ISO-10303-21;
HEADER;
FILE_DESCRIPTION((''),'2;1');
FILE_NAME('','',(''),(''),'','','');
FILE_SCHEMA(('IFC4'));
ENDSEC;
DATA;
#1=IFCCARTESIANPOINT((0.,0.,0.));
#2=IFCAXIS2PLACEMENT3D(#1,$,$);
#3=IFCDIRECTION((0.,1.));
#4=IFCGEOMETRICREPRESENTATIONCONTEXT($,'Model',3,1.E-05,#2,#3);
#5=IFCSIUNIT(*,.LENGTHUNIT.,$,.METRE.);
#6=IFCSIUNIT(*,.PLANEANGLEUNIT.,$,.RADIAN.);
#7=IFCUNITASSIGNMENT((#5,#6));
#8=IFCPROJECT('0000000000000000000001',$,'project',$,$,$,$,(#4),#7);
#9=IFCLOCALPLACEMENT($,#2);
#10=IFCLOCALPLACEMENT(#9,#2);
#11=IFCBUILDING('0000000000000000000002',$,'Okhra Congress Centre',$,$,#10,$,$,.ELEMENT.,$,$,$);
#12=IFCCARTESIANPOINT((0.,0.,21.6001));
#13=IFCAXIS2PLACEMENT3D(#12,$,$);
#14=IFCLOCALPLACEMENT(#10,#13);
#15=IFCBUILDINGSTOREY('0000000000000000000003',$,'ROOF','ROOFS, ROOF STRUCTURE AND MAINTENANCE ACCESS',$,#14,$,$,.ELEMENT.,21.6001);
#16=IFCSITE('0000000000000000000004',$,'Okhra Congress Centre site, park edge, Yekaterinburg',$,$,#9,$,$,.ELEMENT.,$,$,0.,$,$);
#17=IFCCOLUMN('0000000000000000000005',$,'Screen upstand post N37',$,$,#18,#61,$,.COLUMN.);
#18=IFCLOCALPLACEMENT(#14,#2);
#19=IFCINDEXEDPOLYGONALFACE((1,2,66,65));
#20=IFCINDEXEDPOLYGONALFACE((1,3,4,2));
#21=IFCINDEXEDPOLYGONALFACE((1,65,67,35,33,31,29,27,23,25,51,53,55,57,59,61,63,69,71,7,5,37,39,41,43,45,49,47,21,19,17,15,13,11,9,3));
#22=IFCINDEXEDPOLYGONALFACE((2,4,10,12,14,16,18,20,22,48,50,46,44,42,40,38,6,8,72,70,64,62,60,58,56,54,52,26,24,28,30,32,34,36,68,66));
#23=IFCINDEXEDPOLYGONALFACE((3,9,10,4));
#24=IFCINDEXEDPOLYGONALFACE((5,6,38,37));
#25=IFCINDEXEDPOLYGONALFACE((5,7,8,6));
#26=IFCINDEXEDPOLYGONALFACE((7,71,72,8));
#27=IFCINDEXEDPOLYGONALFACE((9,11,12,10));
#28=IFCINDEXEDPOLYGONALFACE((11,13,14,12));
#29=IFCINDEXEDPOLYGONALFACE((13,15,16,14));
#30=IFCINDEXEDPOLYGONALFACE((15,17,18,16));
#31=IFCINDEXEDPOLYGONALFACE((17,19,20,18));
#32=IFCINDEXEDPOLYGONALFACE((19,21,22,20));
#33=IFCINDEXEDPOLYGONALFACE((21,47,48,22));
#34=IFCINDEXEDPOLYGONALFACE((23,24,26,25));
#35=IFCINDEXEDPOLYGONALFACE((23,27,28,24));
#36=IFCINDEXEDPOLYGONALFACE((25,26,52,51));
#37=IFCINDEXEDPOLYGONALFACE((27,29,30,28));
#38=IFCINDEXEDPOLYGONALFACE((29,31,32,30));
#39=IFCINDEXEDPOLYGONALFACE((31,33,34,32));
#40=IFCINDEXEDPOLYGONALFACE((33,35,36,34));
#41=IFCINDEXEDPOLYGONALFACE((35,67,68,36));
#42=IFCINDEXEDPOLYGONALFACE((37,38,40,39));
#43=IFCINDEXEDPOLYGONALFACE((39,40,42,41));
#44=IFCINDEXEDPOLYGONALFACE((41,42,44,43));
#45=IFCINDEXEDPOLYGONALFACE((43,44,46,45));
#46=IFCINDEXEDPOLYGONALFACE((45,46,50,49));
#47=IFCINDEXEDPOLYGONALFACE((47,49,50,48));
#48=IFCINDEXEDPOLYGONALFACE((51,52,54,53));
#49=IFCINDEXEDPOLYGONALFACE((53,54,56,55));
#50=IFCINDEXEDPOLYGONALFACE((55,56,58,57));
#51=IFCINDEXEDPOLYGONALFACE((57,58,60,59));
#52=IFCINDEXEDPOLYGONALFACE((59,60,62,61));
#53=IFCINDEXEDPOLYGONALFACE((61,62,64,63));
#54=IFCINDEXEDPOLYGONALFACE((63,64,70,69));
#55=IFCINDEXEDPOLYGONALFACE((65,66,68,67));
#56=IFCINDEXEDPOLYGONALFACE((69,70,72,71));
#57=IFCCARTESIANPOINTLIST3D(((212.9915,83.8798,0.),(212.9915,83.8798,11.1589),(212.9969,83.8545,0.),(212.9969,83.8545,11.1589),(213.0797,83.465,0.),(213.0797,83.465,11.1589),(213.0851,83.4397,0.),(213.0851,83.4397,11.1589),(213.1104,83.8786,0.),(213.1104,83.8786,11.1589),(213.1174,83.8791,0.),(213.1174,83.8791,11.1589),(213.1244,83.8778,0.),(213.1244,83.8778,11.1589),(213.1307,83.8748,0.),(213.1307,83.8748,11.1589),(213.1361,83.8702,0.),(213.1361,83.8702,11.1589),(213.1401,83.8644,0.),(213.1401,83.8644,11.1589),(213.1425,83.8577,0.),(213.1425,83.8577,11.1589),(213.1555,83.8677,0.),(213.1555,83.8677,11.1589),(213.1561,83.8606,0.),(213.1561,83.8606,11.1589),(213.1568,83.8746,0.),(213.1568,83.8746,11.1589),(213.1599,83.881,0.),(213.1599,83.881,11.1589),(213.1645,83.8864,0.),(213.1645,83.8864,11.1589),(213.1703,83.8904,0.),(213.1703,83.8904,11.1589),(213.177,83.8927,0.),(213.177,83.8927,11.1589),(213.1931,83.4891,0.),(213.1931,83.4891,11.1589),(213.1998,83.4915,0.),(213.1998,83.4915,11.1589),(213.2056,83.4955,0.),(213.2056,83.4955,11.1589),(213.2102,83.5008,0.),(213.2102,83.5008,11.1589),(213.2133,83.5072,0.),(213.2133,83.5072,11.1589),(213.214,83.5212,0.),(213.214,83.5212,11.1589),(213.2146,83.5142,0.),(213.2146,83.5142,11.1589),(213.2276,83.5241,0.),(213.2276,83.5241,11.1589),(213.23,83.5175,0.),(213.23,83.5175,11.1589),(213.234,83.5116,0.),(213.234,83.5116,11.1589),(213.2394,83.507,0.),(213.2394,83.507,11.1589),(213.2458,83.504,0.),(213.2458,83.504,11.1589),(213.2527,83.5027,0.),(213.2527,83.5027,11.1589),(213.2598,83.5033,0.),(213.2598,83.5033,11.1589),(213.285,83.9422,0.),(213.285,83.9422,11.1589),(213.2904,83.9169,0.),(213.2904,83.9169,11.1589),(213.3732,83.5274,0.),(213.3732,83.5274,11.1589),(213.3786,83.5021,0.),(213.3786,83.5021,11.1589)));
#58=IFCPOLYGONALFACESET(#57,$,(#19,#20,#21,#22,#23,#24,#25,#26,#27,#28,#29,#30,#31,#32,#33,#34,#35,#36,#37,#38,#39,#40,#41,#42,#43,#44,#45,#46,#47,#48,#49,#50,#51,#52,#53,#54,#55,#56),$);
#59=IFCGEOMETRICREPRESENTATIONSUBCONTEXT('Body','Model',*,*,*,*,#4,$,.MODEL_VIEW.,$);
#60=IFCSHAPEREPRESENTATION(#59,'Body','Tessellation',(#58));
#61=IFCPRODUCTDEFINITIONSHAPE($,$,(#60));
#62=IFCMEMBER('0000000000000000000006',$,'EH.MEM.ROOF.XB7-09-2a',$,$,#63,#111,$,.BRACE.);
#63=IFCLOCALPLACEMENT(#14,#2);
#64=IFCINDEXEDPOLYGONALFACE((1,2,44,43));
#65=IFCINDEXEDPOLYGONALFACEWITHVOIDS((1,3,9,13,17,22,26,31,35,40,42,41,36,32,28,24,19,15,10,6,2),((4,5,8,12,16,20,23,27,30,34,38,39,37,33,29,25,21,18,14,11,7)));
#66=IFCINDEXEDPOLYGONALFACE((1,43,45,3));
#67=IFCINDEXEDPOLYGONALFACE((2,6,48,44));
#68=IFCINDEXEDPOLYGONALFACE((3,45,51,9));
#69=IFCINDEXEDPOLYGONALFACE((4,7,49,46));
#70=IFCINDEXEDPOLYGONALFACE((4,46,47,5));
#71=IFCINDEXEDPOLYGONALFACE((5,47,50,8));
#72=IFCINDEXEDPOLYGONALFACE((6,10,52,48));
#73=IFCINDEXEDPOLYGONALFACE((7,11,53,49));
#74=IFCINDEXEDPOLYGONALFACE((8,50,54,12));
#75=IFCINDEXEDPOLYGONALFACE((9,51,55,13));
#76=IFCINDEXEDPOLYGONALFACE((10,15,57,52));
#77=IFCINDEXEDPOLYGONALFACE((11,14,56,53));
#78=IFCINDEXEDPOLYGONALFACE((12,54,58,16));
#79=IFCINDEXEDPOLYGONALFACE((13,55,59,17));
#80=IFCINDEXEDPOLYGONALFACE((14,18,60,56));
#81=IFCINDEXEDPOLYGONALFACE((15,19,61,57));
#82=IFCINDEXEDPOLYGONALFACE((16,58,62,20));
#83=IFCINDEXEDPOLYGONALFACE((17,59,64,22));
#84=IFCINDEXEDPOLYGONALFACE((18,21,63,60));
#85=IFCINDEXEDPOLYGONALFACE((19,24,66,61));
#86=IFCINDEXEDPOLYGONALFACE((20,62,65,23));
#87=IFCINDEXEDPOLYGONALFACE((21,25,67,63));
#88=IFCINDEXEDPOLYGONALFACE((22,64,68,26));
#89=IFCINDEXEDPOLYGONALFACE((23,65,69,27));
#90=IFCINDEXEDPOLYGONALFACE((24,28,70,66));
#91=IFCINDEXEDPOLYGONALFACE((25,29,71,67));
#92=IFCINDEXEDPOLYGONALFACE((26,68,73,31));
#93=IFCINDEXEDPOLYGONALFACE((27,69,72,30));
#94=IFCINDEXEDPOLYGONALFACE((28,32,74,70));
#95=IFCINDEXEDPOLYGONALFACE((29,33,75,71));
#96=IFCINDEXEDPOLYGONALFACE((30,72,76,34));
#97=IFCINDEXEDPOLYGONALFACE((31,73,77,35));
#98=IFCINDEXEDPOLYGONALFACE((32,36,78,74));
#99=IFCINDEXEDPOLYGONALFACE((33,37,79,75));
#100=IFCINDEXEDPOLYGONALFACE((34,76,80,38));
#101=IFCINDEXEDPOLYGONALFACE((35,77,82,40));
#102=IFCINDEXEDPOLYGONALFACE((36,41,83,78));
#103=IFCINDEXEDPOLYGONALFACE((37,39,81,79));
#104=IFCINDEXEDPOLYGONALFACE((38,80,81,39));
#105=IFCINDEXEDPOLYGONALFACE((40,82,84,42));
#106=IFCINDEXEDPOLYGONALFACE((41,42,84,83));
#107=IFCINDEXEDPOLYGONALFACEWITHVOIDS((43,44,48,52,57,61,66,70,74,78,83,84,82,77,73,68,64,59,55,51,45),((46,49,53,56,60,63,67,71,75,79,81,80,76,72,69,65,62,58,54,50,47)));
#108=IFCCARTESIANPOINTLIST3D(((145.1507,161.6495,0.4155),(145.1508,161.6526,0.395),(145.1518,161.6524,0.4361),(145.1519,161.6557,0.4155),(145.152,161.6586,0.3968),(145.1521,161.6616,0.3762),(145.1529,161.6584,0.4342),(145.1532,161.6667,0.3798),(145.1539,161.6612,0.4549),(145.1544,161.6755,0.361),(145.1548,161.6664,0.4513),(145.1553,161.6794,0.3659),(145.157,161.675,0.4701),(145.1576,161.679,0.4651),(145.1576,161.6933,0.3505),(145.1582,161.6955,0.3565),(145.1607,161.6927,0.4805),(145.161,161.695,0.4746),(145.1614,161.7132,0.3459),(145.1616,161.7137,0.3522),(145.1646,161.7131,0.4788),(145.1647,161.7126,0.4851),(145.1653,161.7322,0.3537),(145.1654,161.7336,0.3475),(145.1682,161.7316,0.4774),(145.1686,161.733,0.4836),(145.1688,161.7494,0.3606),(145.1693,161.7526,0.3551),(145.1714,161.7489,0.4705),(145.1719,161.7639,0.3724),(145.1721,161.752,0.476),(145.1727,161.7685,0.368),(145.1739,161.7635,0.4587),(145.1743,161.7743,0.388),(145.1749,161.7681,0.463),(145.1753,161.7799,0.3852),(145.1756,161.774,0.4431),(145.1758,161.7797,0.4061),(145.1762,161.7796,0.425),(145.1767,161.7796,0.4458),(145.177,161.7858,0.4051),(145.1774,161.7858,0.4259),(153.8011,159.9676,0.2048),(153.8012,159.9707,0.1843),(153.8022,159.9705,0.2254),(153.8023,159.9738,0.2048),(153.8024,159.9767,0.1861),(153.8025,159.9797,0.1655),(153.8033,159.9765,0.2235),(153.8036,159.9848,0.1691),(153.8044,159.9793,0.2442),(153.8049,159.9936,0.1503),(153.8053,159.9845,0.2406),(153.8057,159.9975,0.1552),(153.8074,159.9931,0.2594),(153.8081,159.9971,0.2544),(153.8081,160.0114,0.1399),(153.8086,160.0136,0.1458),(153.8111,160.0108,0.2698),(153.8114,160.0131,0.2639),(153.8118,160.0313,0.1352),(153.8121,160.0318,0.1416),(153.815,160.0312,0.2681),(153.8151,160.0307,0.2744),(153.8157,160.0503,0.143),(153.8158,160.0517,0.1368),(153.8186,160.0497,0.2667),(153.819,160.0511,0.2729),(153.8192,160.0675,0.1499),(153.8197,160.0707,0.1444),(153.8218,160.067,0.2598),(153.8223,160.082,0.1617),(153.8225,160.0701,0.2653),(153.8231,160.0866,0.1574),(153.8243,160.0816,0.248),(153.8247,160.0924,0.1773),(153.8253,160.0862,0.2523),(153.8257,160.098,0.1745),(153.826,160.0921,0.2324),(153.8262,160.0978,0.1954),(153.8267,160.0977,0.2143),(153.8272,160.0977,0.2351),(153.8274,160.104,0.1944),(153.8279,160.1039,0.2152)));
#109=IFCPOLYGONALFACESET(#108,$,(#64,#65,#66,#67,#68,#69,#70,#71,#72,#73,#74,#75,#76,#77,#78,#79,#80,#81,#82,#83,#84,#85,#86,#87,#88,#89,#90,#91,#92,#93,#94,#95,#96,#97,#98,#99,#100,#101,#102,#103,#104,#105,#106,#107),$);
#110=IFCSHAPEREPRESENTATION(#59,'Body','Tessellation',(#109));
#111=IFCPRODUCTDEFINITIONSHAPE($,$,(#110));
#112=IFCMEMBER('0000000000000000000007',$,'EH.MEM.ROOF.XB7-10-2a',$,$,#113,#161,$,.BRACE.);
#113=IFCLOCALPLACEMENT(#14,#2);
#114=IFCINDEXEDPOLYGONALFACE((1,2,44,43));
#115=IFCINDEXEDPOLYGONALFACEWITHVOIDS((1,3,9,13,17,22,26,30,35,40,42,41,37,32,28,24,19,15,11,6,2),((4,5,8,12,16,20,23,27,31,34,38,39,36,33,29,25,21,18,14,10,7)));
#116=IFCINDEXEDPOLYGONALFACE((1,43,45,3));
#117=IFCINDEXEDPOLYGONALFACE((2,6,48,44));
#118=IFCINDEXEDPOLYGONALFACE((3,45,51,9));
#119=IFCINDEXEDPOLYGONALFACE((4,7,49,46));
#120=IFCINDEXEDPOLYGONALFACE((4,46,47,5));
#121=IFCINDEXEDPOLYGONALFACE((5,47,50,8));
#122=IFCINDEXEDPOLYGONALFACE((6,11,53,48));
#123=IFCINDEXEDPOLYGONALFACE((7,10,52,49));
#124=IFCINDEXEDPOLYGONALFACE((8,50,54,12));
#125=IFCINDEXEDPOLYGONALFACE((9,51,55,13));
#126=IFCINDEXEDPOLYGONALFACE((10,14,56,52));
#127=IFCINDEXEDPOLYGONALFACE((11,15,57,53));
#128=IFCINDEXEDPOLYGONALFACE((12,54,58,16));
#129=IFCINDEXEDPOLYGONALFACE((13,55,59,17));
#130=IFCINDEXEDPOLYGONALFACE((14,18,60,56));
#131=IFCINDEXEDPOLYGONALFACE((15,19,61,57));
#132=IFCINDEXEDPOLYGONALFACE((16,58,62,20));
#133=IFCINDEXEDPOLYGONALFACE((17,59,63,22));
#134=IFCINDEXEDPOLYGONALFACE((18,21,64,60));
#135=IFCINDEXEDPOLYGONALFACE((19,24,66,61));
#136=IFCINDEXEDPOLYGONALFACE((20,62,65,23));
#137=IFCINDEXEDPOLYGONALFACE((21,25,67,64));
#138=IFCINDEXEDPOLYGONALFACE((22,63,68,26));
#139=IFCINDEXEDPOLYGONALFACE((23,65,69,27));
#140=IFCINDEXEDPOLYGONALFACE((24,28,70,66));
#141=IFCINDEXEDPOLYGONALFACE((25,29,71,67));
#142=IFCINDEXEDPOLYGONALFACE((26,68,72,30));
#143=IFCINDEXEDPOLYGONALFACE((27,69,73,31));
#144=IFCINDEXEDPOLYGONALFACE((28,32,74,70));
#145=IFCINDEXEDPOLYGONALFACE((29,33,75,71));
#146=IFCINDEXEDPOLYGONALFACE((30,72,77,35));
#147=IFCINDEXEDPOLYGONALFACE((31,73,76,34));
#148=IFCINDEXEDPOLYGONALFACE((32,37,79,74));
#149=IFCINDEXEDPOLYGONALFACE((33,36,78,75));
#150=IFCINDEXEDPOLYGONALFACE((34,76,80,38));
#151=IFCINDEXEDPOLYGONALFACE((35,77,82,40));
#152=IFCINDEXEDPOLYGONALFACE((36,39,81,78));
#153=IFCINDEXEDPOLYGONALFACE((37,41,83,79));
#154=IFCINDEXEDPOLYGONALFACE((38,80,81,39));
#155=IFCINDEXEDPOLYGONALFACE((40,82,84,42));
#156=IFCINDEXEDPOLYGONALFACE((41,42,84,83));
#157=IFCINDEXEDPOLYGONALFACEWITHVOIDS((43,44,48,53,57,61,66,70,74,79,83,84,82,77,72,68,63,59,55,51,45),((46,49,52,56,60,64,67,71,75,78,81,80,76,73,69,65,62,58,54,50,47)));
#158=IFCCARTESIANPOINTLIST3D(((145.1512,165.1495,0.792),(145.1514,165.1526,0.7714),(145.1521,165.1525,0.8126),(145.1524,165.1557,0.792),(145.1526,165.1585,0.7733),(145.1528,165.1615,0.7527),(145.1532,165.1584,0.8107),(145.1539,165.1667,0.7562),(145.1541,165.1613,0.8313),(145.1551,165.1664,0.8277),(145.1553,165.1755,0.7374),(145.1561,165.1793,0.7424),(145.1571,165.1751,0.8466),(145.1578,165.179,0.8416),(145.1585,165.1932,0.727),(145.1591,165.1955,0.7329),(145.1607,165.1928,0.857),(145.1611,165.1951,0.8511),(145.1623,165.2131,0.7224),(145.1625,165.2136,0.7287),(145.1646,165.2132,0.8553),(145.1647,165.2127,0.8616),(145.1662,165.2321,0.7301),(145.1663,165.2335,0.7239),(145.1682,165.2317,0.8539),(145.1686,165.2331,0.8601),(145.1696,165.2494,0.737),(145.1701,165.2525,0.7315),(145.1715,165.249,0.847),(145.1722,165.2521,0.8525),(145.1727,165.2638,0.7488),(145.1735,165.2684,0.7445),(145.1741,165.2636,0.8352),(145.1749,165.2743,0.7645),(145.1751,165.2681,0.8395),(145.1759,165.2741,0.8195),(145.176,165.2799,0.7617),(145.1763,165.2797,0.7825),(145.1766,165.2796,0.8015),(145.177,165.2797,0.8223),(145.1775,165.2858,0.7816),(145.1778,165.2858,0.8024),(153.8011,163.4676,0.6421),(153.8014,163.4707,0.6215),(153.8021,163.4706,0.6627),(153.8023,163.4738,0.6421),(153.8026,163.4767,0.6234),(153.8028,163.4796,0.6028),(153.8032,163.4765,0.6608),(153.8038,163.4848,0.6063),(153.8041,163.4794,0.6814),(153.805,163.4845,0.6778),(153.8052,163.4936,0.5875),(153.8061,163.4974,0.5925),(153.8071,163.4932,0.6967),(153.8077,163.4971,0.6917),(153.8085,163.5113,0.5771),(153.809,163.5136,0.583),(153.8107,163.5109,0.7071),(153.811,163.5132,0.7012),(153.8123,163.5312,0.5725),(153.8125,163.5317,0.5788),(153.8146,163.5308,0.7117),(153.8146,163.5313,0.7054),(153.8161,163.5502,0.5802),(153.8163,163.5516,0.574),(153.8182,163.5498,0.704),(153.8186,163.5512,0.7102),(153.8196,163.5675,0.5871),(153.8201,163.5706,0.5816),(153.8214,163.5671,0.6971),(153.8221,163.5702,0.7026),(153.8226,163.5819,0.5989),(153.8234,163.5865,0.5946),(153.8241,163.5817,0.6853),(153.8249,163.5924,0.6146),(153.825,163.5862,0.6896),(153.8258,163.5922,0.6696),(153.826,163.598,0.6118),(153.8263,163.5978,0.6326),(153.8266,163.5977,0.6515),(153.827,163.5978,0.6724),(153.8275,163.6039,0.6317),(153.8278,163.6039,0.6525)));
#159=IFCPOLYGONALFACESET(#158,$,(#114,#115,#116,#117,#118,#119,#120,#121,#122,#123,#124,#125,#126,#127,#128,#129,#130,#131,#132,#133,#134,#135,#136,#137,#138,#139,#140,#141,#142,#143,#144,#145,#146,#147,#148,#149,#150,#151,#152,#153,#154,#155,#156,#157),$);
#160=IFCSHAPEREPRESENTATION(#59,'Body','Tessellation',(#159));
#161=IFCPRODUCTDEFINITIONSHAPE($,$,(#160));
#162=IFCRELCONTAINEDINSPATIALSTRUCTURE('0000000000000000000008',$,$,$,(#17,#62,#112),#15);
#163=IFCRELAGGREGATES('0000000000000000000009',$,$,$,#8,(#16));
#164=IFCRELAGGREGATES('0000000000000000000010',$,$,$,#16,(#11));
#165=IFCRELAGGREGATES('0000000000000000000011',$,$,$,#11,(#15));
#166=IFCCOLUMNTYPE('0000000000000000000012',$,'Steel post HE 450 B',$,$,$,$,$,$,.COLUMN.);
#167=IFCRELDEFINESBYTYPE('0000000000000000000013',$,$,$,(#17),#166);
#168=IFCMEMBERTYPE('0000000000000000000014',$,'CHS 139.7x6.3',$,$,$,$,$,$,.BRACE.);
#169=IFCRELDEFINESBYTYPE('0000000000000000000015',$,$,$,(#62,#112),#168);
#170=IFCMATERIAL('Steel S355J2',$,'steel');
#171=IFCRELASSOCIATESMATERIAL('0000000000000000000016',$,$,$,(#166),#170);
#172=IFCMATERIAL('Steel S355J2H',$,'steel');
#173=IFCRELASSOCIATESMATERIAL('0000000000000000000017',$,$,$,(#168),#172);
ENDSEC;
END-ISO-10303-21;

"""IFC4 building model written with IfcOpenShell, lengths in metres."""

from ifc_helpers import new_model, si_unit, direction, frame, origin, origin_2d, place, context, subcontext, project, spatial, hollow_circle, i_section, extrude, material, material_profile, profile_set, type_object, element, save


model = new_model("IFC4")

# Units and contexts
model_context = context("Model", 3, precision=1e-05, world=origin(), true_north=direction((0.0, 1.0)))
body_context = subcontext(model_context, "Body", "Model", "MODEL_VIEW")
ifc_project = project(units=[si_unit("LENGTHUNIT", "METRE"), si_unit("PLANEANGLEUNIT", "RADIAN")], contexts=[model_context])

# Site, building, storey
site_placement = place(None, origin())
site = spatial("IfcSite", under=ifc_project, at=site_placement, Name="Okhra Congress Centre site, park edge, Yekaterinburg", CompositionType="ELEMENT", RefElevation=0.0)
building_placement = place(site_placement, origin())
building = spatial("IfcBuilding", under=site, at=building_placement, Name="Okhra Congress Centre", CompositionType="ELEMENT")
storey_placement = place(building_placement, frame((0.0, 0.0, 21.6001)))
storey = spatial("IfcBuildingStorey", under=building, at=storey_placement, Name="ROOF", Description="ROOFS, ROOF STRUCTURE AND MAINTENANCE ACCESS", CompositionType="ELEMENT", Elevation=21.6001)

# Column
ifc_material_1 = material(Name="Steel S355J2", Category="steel")
ifc_material_profile_1 = material_profile(ifc_material_1, i_section(OverallWidth=0.3, OverallDepth=0.45, WebThickness=0.0139, FlangeThickness=0.0259, FilletRadius=0.0271, at=origin_2d()), Name="HE 450 B")
ifc_profile_set_1 = profile_set([ifc_material_profile_1], Name="Steel S355J2")
column_type = type_object("IfcColumnType", Name="Steel post HE 450 B", PredefinedType="COLUMN", material=ifc_profile_set_1)
column_placement = place(storey_placement, frame((213.1851, 83.6909, 0.0), z_axis=(0.0, 0.0, 1.0), x_axis=(0.978148, 0.207912, 0.0)))
element("IfcColumn", 1, at=column_placement, inside=storey, type_object=column_type, Name="Screen upstand post N37", PredefinedType="COLUMN", context=body_context, shape_type="SweptSolid", body=[
    extrude(i_section(OverallWidth=0.3, OverallDepth=0.45, WebThickness=0.0139, FlangeThickness=0.0259, FilletRadius=0.0271, at=origin_2d()), origin(), (0.0, 0.0, 1.0), 11.1589),
])

# Members
ifc_material_2 = material(Name="Steel S355J2H", Category="steel")
ifc_material_profile_2 = material_profile(ifc_material_2, hollow_circle(Radius=0.0698, WallThickness=0.0063, at=origin_2d()), Name="CHS 139.7x6.3")
ifc_profile_set_2 = profile_set([ifc_material_profile_2], Name="Steel S355J2H")
member_type_1 = type_object("IfcMemberType", Name="CHS 139.7x6.3", PredefinedType="BRACE", material=ifc_profile_set_2)
member_1_placement = place(storey_placement, frame((153.8145, 160.0361, 0.2048), z_axis=(-0.981338, 0.1908, 0.023902), x_axis=(-0.190855, -0.981618, 0.0)))
element("IfcMember", 2, at=member_1_placement, inside=storey, type_object=member_type_1, Name="EH.MEM.ROOF.XB7-09-2a", PredefinedType="BRACE", context=body_context, shape_type="SweptSolid", body=[
    extrude(hollow_circle(Radius=0.0698, WallThickness=0.0063, at=origin_2d()), origin(), (0.0, 0.0, 1.0), 8.8149),
])
member_2_placement = place(storey_placement, frame((153.8145, 163.5361, 0.6421), z_axis=(-0.981474, 0.190838, 0.017009), x_axis=(-0.190865, -0.981616, 0.0)))
element("IfcMember", 3, at=member_2_placement, inside=storey, type_object=member_type_1, Name="EH.MEM.ROOF.XB7-10-2a", PredefinedType="BRACE", context=body_context, shape_type="SweptSolid", body=[
    extrude(hollow_circle(Radius=0.0698, WallThickness=0.0063, at=origin_2d()), origin(), (0.0, 0.0, 1.0), 8.8132),
])

save(model, "model.ifc")
